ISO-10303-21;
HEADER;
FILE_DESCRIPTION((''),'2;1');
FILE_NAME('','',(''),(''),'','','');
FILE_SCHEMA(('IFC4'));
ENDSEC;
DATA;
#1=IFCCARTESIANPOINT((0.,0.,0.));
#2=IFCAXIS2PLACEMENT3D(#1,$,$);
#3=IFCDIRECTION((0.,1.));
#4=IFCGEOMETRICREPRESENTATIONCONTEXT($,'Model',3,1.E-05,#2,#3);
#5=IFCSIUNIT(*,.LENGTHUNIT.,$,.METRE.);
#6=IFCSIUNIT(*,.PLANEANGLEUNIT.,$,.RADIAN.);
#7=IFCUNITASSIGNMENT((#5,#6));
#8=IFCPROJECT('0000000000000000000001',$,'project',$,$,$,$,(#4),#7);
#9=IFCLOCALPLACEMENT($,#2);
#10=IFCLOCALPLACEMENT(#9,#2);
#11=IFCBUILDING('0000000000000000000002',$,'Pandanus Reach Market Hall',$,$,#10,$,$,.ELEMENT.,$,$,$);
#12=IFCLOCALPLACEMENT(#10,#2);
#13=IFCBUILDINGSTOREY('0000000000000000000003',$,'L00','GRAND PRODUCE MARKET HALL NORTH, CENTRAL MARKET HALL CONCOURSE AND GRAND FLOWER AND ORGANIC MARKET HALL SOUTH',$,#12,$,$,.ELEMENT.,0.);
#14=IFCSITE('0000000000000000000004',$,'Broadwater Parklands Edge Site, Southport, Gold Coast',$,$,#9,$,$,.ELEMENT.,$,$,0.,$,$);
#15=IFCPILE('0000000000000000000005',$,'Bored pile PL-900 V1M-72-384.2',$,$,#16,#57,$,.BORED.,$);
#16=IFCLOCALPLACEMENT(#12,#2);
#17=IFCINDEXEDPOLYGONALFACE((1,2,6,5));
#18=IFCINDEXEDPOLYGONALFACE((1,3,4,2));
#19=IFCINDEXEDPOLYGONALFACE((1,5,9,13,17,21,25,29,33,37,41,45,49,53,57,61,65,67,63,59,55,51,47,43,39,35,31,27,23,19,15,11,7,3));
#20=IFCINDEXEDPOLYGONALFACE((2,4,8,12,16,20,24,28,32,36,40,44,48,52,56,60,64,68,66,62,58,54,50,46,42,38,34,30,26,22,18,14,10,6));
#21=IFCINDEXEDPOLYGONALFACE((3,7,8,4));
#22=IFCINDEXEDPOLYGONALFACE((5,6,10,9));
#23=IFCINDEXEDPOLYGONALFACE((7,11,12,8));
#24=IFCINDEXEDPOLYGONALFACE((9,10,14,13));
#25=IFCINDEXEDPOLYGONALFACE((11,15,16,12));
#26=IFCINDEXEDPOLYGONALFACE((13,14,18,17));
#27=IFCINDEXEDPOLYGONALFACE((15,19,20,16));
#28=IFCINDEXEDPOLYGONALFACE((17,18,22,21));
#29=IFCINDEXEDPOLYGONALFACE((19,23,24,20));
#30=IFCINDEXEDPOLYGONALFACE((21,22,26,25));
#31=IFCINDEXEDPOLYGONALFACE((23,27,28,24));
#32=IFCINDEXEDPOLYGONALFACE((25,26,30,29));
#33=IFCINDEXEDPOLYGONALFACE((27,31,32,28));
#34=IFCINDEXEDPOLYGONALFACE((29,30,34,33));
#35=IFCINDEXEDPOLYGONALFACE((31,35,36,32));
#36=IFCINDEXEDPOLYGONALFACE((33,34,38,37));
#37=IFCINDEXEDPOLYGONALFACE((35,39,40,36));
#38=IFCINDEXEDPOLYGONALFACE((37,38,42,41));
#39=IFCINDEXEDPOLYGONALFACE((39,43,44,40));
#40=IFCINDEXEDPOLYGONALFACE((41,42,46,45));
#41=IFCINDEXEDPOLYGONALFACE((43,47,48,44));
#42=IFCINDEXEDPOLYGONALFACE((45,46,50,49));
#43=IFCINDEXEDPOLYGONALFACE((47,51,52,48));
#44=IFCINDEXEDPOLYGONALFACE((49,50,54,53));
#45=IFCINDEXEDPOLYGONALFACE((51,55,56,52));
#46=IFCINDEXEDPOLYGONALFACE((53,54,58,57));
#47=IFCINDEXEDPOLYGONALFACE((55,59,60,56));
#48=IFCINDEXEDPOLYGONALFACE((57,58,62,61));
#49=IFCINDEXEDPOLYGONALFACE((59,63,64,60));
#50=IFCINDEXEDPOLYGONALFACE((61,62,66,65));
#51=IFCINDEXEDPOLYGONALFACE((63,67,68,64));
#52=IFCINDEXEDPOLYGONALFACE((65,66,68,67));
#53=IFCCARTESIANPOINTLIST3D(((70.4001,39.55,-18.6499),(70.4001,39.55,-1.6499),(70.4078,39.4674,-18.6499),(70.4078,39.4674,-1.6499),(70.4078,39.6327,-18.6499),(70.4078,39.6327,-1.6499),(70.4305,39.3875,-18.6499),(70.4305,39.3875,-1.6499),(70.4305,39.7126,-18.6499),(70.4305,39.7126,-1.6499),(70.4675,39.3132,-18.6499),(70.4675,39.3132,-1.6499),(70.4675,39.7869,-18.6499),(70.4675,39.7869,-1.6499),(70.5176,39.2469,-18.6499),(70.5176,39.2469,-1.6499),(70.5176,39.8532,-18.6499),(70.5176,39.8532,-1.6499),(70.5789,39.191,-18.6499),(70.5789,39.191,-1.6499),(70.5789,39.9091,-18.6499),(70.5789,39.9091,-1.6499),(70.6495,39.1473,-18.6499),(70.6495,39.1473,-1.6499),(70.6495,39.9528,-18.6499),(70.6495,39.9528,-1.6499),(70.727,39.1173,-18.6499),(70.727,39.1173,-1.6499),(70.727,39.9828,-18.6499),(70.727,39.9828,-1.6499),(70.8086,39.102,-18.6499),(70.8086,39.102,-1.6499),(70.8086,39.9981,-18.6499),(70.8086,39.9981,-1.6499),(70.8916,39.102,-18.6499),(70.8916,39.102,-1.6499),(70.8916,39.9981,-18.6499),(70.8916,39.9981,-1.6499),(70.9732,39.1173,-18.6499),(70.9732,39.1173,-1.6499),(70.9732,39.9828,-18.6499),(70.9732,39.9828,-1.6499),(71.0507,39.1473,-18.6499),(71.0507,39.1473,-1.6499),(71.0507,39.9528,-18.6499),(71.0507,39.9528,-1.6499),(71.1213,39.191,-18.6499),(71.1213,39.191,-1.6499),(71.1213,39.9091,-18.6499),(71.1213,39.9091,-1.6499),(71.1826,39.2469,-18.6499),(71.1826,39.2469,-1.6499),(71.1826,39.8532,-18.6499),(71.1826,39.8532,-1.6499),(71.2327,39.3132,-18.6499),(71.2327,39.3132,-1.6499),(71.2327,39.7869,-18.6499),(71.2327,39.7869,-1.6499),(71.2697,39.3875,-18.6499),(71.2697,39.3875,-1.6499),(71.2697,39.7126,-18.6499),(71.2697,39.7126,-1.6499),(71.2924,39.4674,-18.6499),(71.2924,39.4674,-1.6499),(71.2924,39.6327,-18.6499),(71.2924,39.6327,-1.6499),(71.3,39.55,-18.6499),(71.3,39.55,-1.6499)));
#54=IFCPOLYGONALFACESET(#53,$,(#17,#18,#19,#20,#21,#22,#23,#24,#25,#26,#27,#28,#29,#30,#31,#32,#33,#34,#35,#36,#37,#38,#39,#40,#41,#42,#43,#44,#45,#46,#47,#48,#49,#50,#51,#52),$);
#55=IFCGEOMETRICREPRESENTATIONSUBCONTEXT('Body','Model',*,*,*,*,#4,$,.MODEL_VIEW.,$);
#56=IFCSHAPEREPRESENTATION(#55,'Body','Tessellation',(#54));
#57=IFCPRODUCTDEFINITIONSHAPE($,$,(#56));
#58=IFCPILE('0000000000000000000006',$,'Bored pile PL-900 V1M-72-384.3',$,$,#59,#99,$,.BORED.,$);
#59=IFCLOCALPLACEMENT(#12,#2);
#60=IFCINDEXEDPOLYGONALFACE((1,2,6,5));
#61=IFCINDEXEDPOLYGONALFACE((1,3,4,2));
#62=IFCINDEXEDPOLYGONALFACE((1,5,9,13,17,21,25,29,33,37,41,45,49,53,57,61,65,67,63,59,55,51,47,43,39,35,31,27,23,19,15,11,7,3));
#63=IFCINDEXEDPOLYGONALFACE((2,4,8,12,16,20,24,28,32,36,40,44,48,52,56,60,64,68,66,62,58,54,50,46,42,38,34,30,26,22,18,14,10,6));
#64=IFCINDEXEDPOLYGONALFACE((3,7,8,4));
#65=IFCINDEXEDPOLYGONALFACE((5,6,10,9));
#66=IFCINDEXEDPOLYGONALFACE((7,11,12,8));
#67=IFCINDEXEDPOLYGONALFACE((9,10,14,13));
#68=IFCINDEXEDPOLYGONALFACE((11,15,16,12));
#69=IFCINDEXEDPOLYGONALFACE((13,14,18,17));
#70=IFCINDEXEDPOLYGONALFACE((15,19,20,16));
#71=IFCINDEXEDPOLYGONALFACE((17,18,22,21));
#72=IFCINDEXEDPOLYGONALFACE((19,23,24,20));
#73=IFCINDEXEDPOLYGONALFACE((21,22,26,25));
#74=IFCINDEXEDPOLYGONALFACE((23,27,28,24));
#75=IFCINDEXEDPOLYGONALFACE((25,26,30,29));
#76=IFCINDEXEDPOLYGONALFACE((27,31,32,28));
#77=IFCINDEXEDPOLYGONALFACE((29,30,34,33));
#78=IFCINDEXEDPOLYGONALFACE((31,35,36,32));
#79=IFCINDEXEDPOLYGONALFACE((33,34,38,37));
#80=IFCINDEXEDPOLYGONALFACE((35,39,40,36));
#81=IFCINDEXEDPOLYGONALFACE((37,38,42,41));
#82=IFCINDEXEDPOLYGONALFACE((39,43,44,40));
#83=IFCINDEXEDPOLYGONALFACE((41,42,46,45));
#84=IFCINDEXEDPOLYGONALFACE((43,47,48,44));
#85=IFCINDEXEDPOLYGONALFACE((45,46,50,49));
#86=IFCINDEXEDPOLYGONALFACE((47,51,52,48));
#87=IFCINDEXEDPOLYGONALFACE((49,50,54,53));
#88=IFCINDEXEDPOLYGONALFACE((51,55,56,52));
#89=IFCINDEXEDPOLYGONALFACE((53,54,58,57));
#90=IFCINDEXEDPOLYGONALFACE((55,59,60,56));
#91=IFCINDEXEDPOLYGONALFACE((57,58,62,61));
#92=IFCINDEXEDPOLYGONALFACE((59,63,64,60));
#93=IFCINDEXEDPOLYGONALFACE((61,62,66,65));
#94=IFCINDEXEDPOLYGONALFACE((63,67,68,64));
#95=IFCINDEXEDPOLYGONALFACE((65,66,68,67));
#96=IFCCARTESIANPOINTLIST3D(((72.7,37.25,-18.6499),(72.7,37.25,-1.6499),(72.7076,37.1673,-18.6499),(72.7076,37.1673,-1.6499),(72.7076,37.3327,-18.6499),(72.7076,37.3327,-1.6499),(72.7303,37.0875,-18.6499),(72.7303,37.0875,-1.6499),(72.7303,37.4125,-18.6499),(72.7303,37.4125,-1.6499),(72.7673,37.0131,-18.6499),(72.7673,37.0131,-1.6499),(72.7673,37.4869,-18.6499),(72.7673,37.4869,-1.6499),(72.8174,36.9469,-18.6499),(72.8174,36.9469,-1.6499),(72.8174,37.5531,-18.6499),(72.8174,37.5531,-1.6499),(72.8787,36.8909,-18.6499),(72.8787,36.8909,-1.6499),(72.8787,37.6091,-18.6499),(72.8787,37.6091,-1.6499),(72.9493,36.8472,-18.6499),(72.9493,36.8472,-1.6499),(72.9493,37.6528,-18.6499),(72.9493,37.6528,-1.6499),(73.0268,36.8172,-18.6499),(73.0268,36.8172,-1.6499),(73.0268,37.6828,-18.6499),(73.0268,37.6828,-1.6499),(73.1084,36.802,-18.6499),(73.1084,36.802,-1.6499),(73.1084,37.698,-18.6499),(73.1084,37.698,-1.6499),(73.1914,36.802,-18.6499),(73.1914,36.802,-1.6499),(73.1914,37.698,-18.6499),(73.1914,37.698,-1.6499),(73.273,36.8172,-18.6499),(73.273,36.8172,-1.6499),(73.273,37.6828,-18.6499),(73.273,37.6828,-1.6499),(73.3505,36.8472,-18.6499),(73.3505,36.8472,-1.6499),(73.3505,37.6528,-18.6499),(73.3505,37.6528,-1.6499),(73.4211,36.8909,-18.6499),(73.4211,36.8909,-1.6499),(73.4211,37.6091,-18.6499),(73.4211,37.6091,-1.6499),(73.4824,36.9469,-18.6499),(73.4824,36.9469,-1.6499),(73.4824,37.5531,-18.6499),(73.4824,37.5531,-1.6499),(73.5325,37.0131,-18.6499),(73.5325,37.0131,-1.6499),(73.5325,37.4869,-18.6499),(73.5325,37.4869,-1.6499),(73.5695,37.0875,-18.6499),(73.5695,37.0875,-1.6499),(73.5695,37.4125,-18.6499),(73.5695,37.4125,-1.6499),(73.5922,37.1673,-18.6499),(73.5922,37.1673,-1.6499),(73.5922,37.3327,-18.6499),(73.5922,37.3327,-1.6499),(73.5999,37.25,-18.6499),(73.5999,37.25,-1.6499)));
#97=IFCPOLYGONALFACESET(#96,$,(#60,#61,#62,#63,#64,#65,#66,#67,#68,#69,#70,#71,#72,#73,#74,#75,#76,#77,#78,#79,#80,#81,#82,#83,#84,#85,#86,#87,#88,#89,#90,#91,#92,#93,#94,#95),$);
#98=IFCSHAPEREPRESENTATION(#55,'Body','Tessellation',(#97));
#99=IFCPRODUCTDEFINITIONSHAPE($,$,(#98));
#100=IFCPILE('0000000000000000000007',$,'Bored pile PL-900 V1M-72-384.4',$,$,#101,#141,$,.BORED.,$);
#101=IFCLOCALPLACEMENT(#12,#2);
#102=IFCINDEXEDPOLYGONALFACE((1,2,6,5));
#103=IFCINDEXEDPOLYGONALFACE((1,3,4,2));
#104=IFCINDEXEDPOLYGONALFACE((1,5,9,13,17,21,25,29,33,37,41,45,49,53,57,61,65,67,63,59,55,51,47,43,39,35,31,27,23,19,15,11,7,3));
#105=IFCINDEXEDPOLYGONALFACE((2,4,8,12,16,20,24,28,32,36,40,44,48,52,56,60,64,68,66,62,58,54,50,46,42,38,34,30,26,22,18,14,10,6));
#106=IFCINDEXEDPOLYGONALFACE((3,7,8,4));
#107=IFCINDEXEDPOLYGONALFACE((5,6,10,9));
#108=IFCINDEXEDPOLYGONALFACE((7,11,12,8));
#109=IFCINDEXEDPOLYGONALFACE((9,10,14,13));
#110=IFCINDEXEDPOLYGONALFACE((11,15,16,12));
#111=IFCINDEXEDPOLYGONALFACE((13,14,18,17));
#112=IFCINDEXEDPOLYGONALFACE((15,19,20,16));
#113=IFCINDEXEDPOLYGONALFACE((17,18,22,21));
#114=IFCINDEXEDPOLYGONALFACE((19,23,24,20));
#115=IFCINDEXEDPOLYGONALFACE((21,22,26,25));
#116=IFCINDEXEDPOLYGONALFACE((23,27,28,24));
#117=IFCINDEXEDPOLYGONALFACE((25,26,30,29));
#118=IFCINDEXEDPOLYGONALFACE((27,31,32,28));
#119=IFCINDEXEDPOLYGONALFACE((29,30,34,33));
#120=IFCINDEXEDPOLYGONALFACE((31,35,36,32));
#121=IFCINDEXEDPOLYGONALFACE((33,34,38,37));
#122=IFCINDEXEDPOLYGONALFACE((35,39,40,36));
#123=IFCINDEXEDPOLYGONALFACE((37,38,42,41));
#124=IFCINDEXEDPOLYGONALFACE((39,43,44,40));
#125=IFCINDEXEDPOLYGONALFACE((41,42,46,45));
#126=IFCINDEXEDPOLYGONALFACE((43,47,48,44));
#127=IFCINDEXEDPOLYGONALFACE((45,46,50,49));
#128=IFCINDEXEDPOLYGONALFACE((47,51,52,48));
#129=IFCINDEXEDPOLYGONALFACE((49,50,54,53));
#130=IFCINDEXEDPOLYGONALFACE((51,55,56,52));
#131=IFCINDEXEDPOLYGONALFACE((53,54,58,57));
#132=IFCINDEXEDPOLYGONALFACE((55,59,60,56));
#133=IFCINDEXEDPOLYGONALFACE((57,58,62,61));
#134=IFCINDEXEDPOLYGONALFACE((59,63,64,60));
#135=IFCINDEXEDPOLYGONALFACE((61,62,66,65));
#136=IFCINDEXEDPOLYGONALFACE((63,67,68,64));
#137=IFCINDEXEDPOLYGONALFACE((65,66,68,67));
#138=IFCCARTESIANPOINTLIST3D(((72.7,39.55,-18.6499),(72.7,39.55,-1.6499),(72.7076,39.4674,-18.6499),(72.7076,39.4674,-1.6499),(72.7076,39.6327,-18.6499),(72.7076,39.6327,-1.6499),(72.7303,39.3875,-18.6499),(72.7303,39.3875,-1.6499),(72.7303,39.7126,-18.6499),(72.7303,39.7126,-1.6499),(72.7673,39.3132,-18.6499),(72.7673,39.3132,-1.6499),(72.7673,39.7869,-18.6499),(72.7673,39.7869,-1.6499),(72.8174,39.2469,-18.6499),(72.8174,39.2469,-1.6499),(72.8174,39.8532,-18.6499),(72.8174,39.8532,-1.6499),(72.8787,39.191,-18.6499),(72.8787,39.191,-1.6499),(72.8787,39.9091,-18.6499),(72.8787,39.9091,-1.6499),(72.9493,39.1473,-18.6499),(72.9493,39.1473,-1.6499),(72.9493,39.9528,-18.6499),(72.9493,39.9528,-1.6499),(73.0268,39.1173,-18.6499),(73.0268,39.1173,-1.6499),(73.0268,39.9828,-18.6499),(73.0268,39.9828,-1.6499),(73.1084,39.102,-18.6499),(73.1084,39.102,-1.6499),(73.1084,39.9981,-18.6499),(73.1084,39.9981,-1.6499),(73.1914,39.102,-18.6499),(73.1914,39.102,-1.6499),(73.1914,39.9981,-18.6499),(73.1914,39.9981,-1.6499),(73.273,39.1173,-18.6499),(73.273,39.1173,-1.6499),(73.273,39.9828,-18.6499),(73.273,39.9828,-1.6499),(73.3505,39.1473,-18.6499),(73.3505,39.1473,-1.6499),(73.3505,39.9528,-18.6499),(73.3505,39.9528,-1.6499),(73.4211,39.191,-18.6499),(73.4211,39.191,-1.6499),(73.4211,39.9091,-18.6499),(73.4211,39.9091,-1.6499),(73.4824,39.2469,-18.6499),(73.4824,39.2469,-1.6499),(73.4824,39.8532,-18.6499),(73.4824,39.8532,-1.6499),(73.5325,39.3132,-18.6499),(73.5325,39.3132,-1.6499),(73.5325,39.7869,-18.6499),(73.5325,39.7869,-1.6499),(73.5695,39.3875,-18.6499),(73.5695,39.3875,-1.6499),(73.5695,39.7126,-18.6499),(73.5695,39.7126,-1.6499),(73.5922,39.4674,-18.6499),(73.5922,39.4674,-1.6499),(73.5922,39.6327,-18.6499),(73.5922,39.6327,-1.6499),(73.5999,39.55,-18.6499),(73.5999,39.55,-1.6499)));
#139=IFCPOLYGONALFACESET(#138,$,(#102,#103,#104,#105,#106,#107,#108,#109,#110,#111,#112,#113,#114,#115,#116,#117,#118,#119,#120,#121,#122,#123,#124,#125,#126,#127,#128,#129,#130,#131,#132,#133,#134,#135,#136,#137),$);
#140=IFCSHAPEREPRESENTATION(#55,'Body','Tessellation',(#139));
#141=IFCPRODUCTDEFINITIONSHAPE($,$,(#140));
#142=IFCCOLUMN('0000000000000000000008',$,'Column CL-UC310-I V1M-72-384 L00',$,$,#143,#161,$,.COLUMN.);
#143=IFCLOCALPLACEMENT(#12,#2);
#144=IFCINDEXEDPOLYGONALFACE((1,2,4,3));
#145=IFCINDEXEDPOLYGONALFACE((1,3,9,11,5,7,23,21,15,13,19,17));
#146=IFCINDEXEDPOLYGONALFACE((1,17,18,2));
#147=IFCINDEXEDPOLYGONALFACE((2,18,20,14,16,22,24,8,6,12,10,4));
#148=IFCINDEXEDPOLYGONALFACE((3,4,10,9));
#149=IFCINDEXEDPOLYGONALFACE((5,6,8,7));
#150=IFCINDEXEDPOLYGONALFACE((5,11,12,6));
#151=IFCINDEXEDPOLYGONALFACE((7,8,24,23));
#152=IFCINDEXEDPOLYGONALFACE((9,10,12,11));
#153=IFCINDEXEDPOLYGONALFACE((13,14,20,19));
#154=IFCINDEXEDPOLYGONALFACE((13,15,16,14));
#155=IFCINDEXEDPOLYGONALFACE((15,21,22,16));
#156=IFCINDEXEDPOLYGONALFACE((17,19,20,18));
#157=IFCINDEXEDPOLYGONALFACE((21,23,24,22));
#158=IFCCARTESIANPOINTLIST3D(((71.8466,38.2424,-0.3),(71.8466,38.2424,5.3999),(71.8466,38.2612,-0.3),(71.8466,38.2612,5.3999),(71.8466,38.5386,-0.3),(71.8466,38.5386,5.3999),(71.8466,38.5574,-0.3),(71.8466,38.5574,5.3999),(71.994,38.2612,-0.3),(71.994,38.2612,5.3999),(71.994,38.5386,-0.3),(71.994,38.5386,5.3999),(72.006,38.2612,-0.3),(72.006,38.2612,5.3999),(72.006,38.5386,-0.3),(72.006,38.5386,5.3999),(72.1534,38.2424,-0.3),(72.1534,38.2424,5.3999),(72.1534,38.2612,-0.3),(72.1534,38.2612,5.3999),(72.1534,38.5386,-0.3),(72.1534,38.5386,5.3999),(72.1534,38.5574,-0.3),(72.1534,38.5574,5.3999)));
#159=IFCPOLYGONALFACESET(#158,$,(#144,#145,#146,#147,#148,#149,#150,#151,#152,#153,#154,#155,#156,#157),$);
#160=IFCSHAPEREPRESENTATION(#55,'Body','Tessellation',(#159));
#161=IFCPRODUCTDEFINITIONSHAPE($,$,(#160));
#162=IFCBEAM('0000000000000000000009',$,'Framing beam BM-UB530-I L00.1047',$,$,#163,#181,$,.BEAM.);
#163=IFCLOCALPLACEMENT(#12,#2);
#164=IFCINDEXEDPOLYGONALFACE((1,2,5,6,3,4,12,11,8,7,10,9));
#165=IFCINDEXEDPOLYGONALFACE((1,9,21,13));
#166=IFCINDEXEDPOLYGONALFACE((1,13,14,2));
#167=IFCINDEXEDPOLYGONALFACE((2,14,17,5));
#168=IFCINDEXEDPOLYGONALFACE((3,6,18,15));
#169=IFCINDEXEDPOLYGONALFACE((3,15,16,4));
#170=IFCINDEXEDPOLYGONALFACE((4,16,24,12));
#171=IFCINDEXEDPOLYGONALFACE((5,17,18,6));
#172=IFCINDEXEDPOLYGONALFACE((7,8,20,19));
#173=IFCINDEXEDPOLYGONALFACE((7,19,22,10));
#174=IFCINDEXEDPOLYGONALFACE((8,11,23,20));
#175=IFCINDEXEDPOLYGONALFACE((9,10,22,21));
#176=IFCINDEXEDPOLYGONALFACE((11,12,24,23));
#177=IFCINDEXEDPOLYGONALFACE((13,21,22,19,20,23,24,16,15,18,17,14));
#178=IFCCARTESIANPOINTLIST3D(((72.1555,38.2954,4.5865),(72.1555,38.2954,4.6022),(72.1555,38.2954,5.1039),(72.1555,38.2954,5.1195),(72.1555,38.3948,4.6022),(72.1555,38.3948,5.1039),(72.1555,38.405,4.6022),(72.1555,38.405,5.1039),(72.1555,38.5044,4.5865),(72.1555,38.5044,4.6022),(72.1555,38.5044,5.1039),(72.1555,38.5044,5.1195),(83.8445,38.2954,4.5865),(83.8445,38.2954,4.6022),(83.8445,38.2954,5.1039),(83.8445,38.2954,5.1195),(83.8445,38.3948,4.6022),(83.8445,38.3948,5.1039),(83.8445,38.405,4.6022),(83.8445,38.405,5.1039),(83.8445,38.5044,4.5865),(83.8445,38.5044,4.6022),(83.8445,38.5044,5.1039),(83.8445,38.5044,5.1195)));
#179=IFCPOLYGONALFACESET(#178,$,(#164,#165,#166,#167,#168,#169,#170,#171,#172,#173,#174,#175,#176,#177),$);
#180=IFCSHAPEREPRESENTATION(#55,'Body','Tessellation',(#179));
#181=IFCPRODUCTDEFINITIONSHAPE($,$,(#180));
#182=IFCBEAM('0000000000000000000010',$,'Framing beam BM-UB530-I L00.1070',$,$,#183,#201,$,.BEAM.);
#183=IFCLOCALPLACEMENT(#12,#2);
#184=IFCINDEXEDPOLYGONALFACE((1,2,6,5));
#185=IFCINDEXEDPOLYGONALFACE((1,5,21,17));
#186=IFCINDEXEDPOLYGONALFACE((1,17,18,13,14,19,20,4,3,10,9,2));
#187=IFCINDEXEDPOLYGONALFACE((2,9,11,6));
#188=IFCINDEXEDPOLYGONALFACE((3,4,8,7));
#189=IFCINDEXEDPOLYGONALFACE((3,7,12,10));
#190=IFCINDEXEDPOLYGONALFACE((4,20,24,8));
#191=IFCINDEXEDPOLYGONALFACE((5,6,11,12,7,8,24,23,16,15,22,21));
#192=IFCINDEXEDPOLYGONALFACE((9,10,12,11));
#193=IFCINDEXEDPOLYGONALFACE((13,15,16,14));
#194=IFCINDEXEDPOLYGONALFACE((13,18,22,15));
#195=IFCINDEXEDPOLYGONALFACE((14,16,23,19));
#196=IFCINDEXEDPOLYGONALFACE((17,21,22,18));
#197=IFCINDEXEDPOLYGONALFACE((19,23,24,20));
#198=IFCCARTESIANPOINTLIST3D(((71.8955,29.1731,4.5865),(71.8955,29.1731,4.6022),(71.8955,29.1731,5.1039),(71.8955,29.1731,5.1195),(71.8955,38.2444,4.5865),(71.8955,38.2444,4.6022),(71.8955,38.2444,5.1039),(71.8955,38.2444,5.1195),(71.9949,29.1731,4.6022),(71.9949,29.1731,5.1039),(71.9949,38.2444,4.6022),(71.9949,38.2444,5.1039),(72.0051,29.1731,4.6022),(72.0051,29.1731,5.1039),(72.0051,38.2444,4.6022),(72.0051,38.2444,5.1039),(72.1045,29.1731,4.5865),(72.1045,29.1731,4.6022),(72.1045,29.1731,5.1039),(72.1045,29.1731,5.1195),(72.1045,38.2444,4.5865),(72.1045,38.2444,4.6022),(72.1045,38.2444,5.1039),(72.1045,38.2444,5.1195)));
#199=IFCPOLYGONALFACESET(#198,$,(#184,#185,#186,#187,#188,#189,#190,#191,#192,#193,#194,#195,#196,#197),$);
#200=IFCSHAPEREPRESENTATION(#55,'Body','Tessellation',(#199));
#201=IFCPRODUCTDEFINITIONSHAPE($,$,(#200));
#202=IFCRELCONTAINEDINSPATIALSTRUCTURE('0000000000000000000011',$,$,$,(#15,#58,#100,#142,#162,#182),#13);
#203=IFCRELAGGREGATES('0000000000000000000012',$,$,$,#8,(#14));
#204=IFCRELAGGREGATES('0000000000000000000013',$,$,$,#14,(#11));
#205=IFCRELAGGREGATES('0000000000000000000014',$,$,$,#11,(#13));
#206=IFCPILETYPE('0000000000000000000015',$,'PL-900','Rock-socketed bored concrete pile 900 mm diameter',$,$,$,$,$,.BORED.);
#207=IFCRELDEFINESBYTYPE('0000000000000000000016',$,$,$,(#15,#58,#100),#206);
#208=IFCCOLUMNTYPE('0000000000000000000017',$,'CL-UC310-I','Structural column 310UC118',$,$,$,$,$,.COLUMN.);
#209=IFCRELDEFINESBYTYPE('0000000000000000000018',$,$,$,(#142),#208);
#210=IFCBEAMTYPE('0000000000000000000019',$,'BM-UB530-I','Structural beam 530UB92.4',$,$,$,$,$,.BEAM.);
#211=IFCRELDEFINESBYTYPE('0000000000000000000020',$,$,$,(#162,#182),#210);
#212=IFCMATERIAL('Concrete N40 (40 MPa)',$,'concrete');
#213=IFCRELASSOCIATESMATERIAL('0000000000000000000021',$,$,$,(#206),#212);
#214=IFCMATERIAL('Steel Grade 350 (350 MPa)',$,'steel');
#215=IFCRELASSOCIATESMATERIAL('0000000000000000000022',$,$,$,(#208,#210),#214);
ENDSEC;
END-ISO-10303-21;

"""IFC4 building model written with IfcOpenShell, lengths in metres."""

from ifc_helpers import new_model, si_unit, direction, frame, origin, origin_2d, place, context, subcontext, project, spatial, circle, i_section, extrude, material, material_profile, profile_set, type_object, element, save


model = new_model("IFC4")

# Units and contexts
model_context = context("Model", 3, precision=1e-05, world=origin(), true_north=direction((0.0, 1.0)))
body_context = subcontext(model_context, "Body", "Model", "MODEL_VIEW")
ifc_project = project(units=[si_unit("LENGTHUNIT", "METRE"), si_unit("PLANEANGLEUNIT", "RADIAN")], contexts=[model_context])

# Site, building, storey
site_placement = place(None, origin())
site = spatial("IfcSite", under=ifc_project, at=site_placement, Name="Broadwater Parklands Edge Site, Southport, Gold Coast", CompositionType="ELEMENT", RefElevation=0.0)
building_placement = place(site_placement, origin())
building = spatial("IfcBuilding", under=site, at=building_placement, Name="Pandanus Reach Market Hall", CompositionType="ELEMENT")
storey_placement = place(building_placement, origin())
storey = spatial("IfcBuildingStorey", under=building, at=storey_placement, Name="L00", Description="GRAND PRODUCE MARKET HALL NORTH, CENTRAL MARKET HALL CONCOURSE AND GRAND FLOWER AND ORGANIC MARKET HALL SOUTH", CompositionType="ELEMENT", Elevation=0.0)

# Shared definitions
ifc_material_1 = material(Name="Concrete N40 (40 MPa)", Category="concrete")

# Piles
ifc_material_profile_1 = material_profile(ifc_material_1, circle(Radius=0.45, at=origin_2d()), Name="PILE-900D", Category="LoadBearing")
ifc_profile_set_1 = profile_set([ifc_material_profile_1], Name="Concrete N40 (40 MPa)")
pile_type_1 = type_object("IfcPileType", Name="PL-900", Description="Rock-socketed bored concrete pile 900 mm diameter", PredefinedType="BORED", material=ifc_profile_set_1)
for number, where, z_axis, x_axis, name in (
    (1, (70.8501, 39.55, -1.6499), (0.0, 0.0, -1.0), (1.0, 0.0, 0.0), "Bored pile PL-900 V1M-72-384.2"),
    (2, (73.1499, 37.25, -1.6499), (0.0, 0.0, -1.0), (1.0, 0.0, 0.0), "Bored pile PL-900 V1M-72-384.3"),
    (3, (73.1499, 39.55, -1.6499), (0.0, 0.0, -1.0), (1.0, 0.0, 0.0), "Bored pile PL-900 V1M-72-384.4"),
):
    element("IfcPile", number, at=place(storey_placement, frame(where, z_axis=z_axis, x_axis=x_axis)), inside=storey, type_object=pile_type_1, Name=name, PredefinedType="BORED", context=body_context, shape_type="SweptSolid", body=[
        extrude(circle(Radius=0.45, at=origin_2d()), origin(), (0.0, 0.0, 1.0), 17.0),
    ])

# Column
ifc_material_2 = material(Name="Steel Grade 350 (350 MPa)", Category="steel")
ifc_material_profile_2 = material_profile(ifc_material_2, i_section(OverallWidth=0.3069, OverallDepth=0.3149, WebThickness=0.012, FlangeThickness=0.0188, at=origin_2d()), Name="310UC118", Category="LoadBearing")
ifc_profile_set_2 = profile_set([ifc_material_profile_2], Name="Steel Grade 350 (350 MPa)")
column_type = type_object("IfcColumnType", Name="CL-UC310-I", Description="Structural column 310UC118", PredefinedType="COLUMN", material=ifc_profile_set_2)
column_placement = place(storey_placement, frame((72.0, 38.3999, -0.3), z_axis=(0.0, 0.0, 1.0), x_axis=(1.0, 0.0, 0.0)))
element("IfcColumn", 4, at=column_placement, inside=storey, type_object=column_type, Name="Column CL-UC310-I V1M-72-384 L00", PredefinedType="COLUMN", context=body_context, shape_type="SweptSolid", body=[
    extrude(i_section(OverallWidth=0.3069, OverallDepth=0.3149, WebThickness=0.012, FlangeThickness=0.0188, at=origin_2d()), origin(), (0.0, 0.0, 1.0), 5.7),
])

# Beams
ifc_material_profile_3 = material_profile(ifc_material_2, i_section(OverallWidth=0.209, OverallDepth=0.533, WebThickness=0.0103, FlangeThickness=0.0156, at=origin_2d()), Name="530UB92.4", Category="LoadBearing")
ifc_profile_set_3 = profile_set([ifc_material_profile_3], Name="Steel Grade 350 (350 MPa)")
beam_type_1 = type_object("IfcBeamType", Name="BM-UB530-I", Description="Structural beam 530UB92.4", PredefinedType="BEAM", material=ifc_profile_set_3)
beam_1_placement = place(storey_placement, frame((72.1555, 38.3999, 4.853), z_axis=(1.0, 0.0, 0.0), x_axis=(0.0, 1.0, 0.0)))
element("IfcBeam", 5, at=beam_1_placement, inside=storey, type_object=beam_type_1, Name="Framing beam BM-UB530-I L00.1047", PredefinedType="BEAM", context=body_context, shape_type="SweptSolid", body=[
    extrude(i_section(OverallWidth=0.209, OverallDepth=0.533, WebThickness=0.0103, FlangeThickness=0.0156, at=origin_2d()), origin(), (0.0, 0.0, 1.0), 11.689),
])
beam_2_placement = place(storey_placement, frame((72.0, 29.1731, 4.853), z_axis=(0.0, 1.0, 0.0), x_axis=(-1.0, 0.0, 0.0)))
element("IfcBeam", 6, at=beam_2_placement, inside=storey, type_object=beam_type_1, Name="Framing beam BM-UB530-I L00.1070", PredefinedType="BEAM", context=body_context, shape_type="SweptSolid", body=[
    extrude(i_section(OverallWidth=0.209, OverallDepth=0.533, WebThickness=0.0103, FlangeThickness=0.0156, at=origin_2d()), origin(), (0.0, 0.0, 1.0), 9.0713),
])

save(model, "model.ifc")
